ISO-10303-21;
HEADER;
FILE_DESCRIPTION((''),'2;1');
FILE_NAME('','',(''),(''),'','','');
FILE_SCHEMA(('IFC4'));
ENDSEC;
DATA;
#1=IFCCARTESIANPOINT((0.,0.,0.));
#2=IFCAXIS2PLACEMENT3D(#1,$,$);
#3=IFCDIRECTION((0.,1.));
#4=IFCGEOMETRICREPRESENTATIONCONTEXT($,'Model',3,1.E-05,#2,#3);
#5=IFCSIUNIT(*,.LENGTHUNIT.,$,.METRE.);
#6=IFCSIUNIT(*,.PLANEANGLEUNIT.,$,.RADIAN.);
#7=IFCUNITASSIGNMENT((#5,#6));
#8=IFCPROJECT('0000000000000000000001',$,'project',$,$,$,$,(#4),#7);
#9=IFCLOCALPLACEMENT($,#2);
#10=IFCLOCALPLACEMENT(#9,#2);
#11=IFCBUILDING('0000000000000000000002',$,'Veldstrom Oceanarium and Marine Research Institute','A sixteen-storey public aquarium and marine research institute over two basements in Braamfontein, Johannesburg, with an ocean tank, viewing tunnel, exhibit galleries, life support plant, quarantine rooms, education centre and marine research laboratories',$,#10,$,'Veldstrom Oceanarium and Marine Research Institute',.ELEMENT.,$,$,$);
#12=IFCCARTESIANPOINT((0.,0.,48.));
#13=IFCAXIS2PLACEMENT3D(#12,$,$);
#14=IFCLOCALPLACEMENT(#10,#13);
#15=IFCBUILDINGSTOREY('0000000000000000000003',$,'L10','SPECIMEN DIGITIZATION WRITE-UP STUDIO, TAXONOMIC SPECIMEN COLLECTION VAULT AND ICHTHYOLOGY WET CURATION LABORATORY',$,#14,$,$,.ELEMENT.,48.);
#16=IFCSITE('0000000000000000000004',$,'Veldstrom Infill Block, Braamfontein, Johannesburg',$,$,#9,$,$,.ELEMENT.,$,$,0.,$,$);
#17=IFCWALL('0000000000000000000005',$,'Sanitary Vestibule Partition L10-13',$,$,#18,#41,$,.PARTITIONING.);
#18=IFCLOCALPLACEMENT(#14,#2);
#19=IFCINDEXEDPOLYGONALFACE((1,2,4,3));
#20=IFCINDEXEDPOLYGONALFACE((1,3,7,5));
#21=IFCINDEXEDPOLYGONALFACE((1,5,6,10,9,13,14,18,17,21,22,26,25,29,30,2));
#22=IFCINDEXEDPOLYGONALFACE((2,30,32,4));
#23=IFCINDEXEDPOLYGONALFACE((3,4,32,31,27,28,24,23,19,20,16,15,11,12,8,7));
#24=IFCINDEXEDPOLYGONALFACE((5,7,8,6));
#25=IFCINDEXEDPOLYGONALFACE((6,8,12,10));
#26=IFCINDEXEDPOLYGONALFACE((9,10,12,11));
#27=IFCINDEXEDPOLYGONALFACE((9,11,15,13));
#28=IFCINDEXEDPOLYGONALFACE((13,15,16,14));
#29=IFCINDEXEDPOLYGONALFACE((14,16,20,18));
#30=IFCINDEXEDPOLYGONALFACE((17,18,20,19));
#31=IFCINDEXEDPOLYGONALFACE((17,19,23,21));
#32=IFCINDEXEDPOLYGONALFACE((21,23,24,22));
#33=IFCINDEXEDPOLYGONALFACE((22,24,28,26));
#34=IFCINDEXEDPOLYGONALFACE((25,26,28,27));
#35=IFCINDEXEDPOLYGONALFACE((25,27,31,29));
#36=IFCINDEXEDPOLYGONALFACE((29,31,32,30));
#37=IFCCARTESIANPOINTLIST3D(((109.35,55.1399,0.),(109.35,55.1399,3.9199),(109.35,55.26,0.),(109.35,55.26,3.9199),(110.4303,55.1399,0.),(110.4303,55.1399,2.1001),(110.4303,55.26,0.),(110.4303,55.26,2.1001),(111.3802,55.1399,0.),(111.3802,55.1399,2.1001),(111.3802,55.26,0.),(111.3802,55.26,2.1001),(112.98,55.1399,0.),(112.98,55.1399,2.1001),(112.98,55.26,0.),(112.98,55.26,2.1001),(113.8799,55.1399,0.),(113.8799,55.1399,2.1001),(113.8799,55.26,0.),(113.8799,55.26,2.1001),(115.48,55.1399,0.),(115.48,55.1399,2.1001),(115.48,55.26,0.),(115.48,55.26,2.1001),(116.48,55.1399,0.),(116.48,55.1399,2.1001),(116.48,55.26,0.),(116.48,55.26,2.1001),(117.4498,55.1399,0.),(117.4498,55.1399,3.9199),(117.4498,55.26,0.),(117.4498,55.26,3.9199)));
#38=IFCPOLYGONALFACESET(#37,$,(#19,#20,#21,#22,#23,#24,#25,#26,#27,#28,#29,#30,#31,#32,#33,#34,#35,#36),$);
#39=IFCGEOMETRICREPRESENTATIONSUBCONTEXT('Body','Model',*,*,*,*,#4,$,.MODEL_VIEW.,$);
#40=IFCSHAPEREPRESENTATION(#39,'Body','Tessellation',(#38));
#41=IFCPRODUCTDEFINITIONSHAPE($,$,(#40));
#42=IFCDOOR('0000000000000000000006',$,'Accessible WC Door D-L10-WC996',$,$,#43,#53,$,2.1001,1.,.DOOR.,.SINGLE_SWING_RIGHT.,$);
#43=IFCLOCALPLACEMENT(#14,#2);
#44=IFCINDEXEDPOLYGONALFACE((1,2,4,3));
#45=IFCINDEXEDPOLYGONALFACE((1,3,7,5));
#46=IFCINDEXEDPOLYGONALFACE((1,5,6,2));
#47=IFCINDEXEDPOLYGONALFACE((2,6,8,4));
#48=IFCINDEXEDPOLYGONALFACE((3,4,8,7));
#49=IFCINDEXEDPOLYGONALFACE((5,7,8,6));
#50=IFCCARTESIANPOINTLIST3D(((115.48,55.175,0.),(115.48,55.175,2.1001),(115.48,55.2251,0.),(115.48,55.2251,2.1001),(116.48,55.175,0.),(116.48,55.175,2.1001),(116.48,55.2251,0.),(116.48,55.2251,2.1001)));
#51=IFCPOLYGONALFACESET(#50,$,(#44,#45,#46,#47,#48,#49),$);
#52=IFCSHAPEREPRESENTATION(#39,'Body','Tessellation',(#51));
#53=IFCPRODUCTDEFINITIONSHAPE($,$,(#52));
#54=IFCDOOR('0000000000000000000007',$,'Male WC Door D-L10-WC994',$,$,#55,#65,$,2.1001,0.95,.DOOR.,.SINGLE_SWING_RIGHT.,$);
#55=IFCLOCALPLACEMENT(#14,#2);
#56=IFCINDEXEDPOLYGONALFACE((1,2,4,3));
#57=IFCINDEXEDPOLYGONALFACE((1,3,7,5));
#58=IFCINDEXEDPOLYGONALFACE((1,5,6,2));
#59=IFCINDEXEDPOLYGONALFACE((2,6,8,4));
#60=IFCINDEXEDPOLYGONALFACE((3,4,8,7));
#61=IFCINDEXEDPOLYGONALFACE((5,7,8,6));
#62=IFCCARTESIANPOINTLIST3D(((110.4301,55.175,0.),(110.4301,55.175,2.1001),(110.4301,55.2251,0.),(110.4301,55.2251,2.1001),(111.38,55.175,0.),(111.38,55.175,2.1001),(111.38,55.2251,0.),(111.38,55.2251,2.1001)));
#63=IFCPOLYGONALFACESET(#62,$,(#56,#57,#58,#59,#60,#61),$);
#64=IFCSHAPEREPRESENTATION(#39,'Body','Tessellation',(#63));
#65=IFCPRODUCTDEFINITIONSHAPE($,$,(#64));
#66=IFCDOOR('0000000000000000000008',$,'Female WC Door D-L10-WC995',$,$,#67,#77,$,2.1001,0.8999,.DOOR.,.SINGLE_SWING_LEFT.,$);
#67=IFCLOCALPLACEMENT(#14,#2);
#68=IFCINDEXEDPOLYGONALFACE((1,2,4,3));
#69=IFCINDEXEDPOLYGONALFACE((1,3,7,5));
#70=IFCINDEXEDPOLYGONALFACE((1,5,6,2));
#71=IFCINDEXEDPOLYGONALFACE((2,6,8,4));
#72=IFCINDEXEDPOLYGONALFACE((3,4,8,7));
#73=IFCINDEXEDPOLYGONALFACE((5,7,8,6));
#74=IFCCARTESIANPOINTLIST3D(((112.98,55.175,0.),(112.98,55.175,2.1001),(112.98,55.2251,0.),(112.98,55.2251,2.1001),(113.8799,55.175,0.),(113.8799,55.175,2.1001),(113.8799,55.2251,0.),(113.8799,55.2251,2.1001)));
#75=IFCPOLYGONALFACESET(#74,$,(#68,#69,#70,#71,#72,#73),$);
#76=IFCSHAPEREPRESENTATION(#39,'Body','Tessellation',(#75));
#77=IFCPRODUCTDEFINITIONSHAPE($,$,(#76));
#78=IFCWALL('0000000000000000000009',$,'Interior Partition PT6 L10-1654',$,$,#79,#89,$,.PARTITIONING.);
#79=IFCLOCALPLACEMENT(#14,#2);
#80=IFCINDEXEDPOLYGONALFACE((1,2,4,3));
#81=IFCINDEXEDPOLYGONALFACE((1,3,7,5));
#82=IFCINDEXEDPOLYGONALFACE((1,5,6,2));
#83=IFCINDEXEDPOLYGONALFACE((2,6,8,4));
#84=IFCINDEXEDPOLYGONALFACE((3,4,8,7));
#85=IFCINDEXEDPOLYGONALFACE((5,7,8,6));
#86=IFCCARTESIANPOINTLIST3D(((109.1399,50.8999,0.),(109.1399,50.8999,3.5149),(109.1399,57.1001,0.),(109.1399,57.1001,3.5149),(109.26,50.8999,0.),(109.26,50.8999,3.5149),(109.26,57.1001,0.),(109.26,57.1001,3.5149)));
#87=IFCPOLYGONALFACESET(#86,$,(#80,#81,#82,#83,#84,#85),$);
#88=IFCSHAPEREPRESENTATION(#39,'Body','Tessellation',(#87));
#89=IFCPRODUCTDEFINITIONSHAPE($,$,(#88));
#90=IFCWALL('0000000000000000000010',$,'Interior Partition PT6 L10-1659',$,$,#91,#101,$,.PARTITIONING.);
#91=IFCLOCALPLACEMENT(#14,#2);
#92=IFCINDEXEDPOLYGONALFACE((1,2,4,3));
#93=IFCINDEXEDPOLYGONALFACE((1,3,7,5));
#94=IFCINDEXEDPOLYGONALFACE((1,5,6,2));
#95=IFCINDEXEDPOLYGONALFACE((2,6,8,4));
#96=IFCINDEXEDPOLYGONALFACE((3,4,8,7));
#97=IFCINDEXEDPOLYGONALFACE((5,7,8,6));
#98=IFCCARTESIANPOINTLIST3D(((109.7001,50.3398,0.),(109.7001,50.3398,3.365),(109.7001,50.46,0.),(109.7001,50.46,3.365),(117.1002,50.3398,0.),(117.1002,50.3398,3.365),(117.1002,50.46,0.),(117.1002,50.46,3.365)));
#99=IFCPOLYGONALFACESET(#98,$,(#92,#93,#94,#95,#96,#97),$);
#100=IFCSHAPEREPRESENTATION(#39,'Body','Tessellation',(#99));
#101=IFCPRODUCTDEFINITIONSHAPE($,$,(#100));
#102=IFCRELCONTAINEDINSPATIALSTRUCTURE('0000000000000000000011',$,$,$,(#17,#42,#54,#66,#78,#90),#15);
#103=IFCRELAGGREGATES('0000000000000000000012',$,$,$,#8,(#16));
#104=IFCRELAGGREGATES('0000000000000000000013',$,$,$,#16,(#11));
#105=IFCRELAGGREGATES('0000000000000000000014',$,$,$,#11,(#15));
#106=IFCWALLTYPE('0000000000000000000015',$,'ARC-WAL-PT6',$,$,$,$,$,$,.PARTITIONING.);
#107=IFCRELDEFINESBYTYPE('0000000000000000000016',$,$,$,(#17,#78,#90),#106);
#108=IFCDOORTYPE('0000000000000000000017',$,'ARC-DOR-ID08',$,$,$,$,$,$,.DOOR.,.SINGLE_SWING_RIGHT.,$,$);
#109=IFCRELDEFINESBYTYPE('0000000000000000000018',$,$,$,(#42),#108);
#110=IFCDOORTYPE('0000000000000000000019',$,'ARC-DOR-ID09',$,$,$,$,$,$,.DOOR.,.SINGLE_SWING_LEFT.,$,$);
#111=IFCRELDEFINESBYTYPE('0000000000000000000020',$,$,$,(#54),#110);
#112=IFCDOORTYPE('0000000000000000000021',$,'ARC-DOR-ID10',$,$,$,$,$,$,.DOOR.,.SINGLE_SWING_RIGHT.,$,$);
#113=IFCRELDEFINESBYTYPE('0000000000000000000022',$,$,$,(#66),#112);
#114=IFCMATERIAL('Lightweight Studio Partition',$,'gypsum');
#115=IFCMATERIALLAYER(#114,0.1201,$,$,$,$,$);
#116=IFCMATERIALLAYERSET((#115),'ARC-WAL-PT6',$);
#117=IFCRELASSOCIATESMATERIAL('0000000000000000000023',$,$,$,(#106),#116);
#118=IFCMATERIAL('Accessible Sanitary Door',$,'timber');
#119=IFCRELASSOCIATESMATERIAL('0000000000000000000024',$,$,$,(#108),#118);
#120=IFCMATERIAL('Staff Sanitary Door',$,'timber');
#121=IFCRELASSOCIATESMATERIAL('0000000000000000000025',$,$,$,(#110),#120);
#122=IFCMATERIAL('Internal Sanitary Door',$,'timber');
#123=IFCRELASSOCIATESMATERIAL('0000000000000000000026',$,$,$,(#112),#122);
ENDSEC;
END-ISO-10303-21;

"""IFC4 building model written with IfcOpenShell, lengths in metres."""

from ifc_helpers import new_model, si_unit, direction, frame, frame_2d, origin, place, context, subcontext, project, spatial, rectangle, extrude, material, layer, layer_set, type_object, element, fill, save


model = new_model("IFC4")

# Units and contexts
model_context = context("Model", 3, precision=1e-05, world=origin(), true_north=direction((0.0, 1.0)))
body_context = subcontext(model_context, "Body", "Model", "MODEL_VIEW")
ifc_project = project(units=[si_unit("LENGTHUNIT", "METRE"), si_unit("PLANEANGLEUNIT", "RADIAN")], contexts=[model_context])

# Site, building, storey
site_placement = place(None, origin())
site = spatial("IfcSite", under=ifc_project, at=site_placement, Name="Veldstrom Infill Block, Braamfontein, Johannesburg", CompositionType="ELEMENT", RefElevation=0.0)
building_placement = place(site_placement, origin())
building = spatial("IfcBuilding", under=site, at=building_placement, Name="Veldstrom Oceanarium and Marine Research Institute", Description="A sixteen-storey public aquarium and marine research institute over two basements in Braamfontein, Johannesburg, with an ocean tank, viewing tunnel, exhibit galleries, life support plant, quarantine rooms, education centre and marine research laboratories", LongName="Veldstrom Oceanarium and Marine Research Institute", CompositionType="ELEMENT")
storey_placement = place(building_placement, frame((0.0, 0.0, 48.0)))
storey = spatial("IfcBuildingStorey", under=building, at=storey_placement, Name="L10", Description="SPECIMEN DIGITIZATION WRITE-UP STUDIO, TAXONOMIC SPECIMEN COLLECTION VAULT AND ICHTHYOLOGY WET CURATION LABORATORY", CompositionType="ELEMENT", Elevation=48.0)

# Wall, openings, doors
ifc_material_1 = material(Name="Lightweight Studio Partition", Category="gypsum")
ifc_layer_1 = layer(ifc_material_1, 0.1201)
ifc_layer_set_1 = layer_set([ifc_layer_1], Name="ARC-WAL-PT6")
wall_type_1 = type_object("IfcWallType", Name="ARC-WAL-PT6", PredefinedType="PARTITIONING", material=ifc_layer_set_1)
wall_1_placement = place(storey_placement, frame((109.3501, 55.2, 0.0), z_axis=(0.0, 0.0, 1.0), x_axis=(1.0, 0.0, 0.0)))
wall_1 = element("IfcWall", 1, at=wall_1_placement, inside=storey, type_object=wall_type_1, Name="Sanitary Vestibule Partition L10-13", PredefinedType="PARTITIONING", context=body_context, shape_type="SweptSolid", body=[
    extrude(rectangle(XDim=8.0999, YDim=0.1201, at=frame_2d((4.0498, 0.0))), origin(), (0.0, 0.0, 1.0), 3.9199),
])
opening_1_placement = place(wall_1_placement, frame((1.0801, 0.0, 0.0)))
opening_1 = element("IfcOpeningElement", 2, at=opening_1_placement, cuts=wall_1, PredefinedType="OPENING", context=body_context, shape_type="SweptSolid", body=[
    extrude(rectangle(XDim=0.95, YDim=2.1001, at=frame_2d((0.4751, 1.05))), frame((0.0, 0.0701, 0.0), z_axis=(0.0, -1.0, 0.0), x_axis=(1.0, 0.0, 0.0)), (0.0, 0.0, 1.0), 0.1401),
])
opening_2_placement = place(wall_1_placement, frame((3.6299, 0.0, 0.0)))
opening_2 = element("IfcOpeningElement", 3, at=opening_2_placement, cuts=wall_1, PredefinedType="OPENING", context=body_context, shape_type="SweptSolid", body=[
    extrude(rectangle(XDim=0.8999, YDim=2.1001, at=frame_2d((0.45, 1.05))), frame((0.0, 0.0701, 0.0), z_axis=(0.0, -1.0, 0.0), x_axis=(1.0, 0.0, 0.0)), (0.0, 0.0, 1.0), 0.1401),
])
opening_3_placement = place(wall_1_placement, frame((6.1299, 0.0, 0.0)))
opening_3 = element("IfcOpeningElement", 4, at=opening_3_placement, cuts=wall_1, PredefinedType="OPENING", context=body_context, shape_type="SweptSolid", body=[
    extrude(rectangle(XDim=1.0, YDim=2.1001, at=frame_2d((0.5, 1.05))), frame((0.0, 0.0701, 0.0), z_axis=(0.0, -1.0, 0.0), x_axis=(1.0, 0.0, 0.0)), (0.0, 0.0, 1.0), 0.1401),
])
ifc_material_2 = material(Name="Accessible Sanitary Door", Category="timber")
door_type_1 = type_object("IfcDoorType", Name="ARC-DOR-ID08", OperationType="SINGLE_SWING_RIGHT", PredefinedType="DOOR", material=ifc_material_2)
door_1_placement = place(opening_3_placement, frame((1.0, 0.0, 0.0), z_axis=(0.0, 0.0, 1.0), x_axis=(-1.0, 0.0, 0.0)))
door_1 = element("IfcDoor", 5, at=door_1_placement, inside=storey, type_object=door_type_1, Name="Accessible WC Door D-L10-WC996", OperationType="SINGLE_SWING_RIGHT", OverallHeight=2.1001, OverallWidth=1.0, PredefinedType="DOOR", context=body_context, shape_type="SweptSolid", body=[
    extrude(rectangle(XDim=1.0, YDim=2.1001, at=frame_2d((0.5, 1.05))), frame((0.0, 0.0249, 0.0), z_axis=(0.0, -1.0, 0.0), x_axis=(1.0, 0.0, 0.0)), (0.0, 0.0, 1.0), 0.05),
])
fill(opening_3, door_1)
ifc_material_3 = material(Name="Staff Sanitary Door", Category="timber")
door_type_2 = type_object("IfcDoorType", Name="ARC-DOR-ID09", OperationType="SINGLE_SWING_LEFT", PredefinedType="DOOR", material=ifc_material_3)
door_2_placement = place(opening_1_placement, frame((0.95, 0.0, 0.0), z_axis=(0.0, 0.0, 1.0), x_axis=(-1.0, 0.0, 0.0)))
door_2 = element("IfcDoor", 6, at=door_2_placement, inside=storey, type_object=door_type_2, Name="Male WC Door D-L10-WC994", OperationType="SINGLE_SWING_RIGHT", OverallHeight=2.1001, OverallWidth=0.95, PredefinedType="DOOR", context=body_context, shape_type="SweptSolid", body=[
    extrude(rectangle(XDim=0.95, YDim=2.1001, at=frame_2d((0.4751, 1.05))), frame((0.0, 0.0249, 0.0), z_axis=(0.0, -1.0, 0.0), x_axis=(1.0, 0.0, 0.0)), (0.0, 0.0, 1.0), 0.05),
])
fill(opening_1, door_2)
ifc_material_4 = material(Name="Internal Sanitary Door", Category="timber")
door_type_3 = type_object("IfcDoorType", Name="ARC-DOR-ID10", OperationType="SINGLE_SWING_RIGHT", PredefinedType="DOOR", material=ifc_material_4)
door_3_placement = place(opening_2_placement, frame((0.8999, 0.0, 0.0), z_axis=(0.0, 0.0, 1.0), x_axis=(-1.0, 0.0, 0.0)))
door_3 = element("IfcDoor", 7, at=door_3_placement, inside=storey, type_object=door_type_3, Name="Female WC Door D-L10-WC995", OperationType="SINGLE_SWING_LEFT", OverallHeight=2.1001, OverallWidth=0.8999, PredefinedType="DOOR", context=body_context, shape_type="SweptSolid", body=[
    extrude(rectangle(XDim=0.8999, YDim=2.1001, at=frame_2d((0.45, 1.05))), frame((0.0, 0.0249, 0.0), z_axis=(0.0, -1.0, 0.0), x_axis=(1.0, 0.0, 0.0)), (0.0, 0.0, 1.0), 0.05),
])
fill(opening_2, door_3)

# Walls
wall_2_placement = place(storey_placement, frame((109.2, 50.8999, 0.0), z_axis=(0.0, 0.0, 1.0), x_axis=(0.0, 1.0, 0.0)))
element("IfcWall", 8, at=wall_2_placement, inside=storey, type_object=wall_type_1, Name="Interior Partition PT6 L10-1654", PredefinedType="PARTITIONING", context=body_context, shape_type="SweptSolid", body=[
    extrude(rectangle(XDim=6.2002, YDim=0.1201, at=frame_2d((3.1001, 0.0))), origin(), (0.0, 0.0, 1.0), 3.5149),
])
wall_3_placement = place(storey_placement, frame((109.7, 50.3999, 0.0), z_axis=(0.0, 0.0, 1.0), x_axis=(1.0, 0.0, 0.0)))
element("IfcWall", 9, at=wall_3_placement, inside=storey, type_object=wall_type_1, Name="Interior Partition PT6 L10-1659", PredefinedType="PARTITIONING", context=body_context, shape_type="SweptSolid", body=[
    extrude(rectangle(XDim=7.4001, YDim=0.1201, at=frame_2d((3.7002, 0.0))), origin(), (0.0, 0.0, 1.0), 3.365),
])

save(model, "model.ifc")
